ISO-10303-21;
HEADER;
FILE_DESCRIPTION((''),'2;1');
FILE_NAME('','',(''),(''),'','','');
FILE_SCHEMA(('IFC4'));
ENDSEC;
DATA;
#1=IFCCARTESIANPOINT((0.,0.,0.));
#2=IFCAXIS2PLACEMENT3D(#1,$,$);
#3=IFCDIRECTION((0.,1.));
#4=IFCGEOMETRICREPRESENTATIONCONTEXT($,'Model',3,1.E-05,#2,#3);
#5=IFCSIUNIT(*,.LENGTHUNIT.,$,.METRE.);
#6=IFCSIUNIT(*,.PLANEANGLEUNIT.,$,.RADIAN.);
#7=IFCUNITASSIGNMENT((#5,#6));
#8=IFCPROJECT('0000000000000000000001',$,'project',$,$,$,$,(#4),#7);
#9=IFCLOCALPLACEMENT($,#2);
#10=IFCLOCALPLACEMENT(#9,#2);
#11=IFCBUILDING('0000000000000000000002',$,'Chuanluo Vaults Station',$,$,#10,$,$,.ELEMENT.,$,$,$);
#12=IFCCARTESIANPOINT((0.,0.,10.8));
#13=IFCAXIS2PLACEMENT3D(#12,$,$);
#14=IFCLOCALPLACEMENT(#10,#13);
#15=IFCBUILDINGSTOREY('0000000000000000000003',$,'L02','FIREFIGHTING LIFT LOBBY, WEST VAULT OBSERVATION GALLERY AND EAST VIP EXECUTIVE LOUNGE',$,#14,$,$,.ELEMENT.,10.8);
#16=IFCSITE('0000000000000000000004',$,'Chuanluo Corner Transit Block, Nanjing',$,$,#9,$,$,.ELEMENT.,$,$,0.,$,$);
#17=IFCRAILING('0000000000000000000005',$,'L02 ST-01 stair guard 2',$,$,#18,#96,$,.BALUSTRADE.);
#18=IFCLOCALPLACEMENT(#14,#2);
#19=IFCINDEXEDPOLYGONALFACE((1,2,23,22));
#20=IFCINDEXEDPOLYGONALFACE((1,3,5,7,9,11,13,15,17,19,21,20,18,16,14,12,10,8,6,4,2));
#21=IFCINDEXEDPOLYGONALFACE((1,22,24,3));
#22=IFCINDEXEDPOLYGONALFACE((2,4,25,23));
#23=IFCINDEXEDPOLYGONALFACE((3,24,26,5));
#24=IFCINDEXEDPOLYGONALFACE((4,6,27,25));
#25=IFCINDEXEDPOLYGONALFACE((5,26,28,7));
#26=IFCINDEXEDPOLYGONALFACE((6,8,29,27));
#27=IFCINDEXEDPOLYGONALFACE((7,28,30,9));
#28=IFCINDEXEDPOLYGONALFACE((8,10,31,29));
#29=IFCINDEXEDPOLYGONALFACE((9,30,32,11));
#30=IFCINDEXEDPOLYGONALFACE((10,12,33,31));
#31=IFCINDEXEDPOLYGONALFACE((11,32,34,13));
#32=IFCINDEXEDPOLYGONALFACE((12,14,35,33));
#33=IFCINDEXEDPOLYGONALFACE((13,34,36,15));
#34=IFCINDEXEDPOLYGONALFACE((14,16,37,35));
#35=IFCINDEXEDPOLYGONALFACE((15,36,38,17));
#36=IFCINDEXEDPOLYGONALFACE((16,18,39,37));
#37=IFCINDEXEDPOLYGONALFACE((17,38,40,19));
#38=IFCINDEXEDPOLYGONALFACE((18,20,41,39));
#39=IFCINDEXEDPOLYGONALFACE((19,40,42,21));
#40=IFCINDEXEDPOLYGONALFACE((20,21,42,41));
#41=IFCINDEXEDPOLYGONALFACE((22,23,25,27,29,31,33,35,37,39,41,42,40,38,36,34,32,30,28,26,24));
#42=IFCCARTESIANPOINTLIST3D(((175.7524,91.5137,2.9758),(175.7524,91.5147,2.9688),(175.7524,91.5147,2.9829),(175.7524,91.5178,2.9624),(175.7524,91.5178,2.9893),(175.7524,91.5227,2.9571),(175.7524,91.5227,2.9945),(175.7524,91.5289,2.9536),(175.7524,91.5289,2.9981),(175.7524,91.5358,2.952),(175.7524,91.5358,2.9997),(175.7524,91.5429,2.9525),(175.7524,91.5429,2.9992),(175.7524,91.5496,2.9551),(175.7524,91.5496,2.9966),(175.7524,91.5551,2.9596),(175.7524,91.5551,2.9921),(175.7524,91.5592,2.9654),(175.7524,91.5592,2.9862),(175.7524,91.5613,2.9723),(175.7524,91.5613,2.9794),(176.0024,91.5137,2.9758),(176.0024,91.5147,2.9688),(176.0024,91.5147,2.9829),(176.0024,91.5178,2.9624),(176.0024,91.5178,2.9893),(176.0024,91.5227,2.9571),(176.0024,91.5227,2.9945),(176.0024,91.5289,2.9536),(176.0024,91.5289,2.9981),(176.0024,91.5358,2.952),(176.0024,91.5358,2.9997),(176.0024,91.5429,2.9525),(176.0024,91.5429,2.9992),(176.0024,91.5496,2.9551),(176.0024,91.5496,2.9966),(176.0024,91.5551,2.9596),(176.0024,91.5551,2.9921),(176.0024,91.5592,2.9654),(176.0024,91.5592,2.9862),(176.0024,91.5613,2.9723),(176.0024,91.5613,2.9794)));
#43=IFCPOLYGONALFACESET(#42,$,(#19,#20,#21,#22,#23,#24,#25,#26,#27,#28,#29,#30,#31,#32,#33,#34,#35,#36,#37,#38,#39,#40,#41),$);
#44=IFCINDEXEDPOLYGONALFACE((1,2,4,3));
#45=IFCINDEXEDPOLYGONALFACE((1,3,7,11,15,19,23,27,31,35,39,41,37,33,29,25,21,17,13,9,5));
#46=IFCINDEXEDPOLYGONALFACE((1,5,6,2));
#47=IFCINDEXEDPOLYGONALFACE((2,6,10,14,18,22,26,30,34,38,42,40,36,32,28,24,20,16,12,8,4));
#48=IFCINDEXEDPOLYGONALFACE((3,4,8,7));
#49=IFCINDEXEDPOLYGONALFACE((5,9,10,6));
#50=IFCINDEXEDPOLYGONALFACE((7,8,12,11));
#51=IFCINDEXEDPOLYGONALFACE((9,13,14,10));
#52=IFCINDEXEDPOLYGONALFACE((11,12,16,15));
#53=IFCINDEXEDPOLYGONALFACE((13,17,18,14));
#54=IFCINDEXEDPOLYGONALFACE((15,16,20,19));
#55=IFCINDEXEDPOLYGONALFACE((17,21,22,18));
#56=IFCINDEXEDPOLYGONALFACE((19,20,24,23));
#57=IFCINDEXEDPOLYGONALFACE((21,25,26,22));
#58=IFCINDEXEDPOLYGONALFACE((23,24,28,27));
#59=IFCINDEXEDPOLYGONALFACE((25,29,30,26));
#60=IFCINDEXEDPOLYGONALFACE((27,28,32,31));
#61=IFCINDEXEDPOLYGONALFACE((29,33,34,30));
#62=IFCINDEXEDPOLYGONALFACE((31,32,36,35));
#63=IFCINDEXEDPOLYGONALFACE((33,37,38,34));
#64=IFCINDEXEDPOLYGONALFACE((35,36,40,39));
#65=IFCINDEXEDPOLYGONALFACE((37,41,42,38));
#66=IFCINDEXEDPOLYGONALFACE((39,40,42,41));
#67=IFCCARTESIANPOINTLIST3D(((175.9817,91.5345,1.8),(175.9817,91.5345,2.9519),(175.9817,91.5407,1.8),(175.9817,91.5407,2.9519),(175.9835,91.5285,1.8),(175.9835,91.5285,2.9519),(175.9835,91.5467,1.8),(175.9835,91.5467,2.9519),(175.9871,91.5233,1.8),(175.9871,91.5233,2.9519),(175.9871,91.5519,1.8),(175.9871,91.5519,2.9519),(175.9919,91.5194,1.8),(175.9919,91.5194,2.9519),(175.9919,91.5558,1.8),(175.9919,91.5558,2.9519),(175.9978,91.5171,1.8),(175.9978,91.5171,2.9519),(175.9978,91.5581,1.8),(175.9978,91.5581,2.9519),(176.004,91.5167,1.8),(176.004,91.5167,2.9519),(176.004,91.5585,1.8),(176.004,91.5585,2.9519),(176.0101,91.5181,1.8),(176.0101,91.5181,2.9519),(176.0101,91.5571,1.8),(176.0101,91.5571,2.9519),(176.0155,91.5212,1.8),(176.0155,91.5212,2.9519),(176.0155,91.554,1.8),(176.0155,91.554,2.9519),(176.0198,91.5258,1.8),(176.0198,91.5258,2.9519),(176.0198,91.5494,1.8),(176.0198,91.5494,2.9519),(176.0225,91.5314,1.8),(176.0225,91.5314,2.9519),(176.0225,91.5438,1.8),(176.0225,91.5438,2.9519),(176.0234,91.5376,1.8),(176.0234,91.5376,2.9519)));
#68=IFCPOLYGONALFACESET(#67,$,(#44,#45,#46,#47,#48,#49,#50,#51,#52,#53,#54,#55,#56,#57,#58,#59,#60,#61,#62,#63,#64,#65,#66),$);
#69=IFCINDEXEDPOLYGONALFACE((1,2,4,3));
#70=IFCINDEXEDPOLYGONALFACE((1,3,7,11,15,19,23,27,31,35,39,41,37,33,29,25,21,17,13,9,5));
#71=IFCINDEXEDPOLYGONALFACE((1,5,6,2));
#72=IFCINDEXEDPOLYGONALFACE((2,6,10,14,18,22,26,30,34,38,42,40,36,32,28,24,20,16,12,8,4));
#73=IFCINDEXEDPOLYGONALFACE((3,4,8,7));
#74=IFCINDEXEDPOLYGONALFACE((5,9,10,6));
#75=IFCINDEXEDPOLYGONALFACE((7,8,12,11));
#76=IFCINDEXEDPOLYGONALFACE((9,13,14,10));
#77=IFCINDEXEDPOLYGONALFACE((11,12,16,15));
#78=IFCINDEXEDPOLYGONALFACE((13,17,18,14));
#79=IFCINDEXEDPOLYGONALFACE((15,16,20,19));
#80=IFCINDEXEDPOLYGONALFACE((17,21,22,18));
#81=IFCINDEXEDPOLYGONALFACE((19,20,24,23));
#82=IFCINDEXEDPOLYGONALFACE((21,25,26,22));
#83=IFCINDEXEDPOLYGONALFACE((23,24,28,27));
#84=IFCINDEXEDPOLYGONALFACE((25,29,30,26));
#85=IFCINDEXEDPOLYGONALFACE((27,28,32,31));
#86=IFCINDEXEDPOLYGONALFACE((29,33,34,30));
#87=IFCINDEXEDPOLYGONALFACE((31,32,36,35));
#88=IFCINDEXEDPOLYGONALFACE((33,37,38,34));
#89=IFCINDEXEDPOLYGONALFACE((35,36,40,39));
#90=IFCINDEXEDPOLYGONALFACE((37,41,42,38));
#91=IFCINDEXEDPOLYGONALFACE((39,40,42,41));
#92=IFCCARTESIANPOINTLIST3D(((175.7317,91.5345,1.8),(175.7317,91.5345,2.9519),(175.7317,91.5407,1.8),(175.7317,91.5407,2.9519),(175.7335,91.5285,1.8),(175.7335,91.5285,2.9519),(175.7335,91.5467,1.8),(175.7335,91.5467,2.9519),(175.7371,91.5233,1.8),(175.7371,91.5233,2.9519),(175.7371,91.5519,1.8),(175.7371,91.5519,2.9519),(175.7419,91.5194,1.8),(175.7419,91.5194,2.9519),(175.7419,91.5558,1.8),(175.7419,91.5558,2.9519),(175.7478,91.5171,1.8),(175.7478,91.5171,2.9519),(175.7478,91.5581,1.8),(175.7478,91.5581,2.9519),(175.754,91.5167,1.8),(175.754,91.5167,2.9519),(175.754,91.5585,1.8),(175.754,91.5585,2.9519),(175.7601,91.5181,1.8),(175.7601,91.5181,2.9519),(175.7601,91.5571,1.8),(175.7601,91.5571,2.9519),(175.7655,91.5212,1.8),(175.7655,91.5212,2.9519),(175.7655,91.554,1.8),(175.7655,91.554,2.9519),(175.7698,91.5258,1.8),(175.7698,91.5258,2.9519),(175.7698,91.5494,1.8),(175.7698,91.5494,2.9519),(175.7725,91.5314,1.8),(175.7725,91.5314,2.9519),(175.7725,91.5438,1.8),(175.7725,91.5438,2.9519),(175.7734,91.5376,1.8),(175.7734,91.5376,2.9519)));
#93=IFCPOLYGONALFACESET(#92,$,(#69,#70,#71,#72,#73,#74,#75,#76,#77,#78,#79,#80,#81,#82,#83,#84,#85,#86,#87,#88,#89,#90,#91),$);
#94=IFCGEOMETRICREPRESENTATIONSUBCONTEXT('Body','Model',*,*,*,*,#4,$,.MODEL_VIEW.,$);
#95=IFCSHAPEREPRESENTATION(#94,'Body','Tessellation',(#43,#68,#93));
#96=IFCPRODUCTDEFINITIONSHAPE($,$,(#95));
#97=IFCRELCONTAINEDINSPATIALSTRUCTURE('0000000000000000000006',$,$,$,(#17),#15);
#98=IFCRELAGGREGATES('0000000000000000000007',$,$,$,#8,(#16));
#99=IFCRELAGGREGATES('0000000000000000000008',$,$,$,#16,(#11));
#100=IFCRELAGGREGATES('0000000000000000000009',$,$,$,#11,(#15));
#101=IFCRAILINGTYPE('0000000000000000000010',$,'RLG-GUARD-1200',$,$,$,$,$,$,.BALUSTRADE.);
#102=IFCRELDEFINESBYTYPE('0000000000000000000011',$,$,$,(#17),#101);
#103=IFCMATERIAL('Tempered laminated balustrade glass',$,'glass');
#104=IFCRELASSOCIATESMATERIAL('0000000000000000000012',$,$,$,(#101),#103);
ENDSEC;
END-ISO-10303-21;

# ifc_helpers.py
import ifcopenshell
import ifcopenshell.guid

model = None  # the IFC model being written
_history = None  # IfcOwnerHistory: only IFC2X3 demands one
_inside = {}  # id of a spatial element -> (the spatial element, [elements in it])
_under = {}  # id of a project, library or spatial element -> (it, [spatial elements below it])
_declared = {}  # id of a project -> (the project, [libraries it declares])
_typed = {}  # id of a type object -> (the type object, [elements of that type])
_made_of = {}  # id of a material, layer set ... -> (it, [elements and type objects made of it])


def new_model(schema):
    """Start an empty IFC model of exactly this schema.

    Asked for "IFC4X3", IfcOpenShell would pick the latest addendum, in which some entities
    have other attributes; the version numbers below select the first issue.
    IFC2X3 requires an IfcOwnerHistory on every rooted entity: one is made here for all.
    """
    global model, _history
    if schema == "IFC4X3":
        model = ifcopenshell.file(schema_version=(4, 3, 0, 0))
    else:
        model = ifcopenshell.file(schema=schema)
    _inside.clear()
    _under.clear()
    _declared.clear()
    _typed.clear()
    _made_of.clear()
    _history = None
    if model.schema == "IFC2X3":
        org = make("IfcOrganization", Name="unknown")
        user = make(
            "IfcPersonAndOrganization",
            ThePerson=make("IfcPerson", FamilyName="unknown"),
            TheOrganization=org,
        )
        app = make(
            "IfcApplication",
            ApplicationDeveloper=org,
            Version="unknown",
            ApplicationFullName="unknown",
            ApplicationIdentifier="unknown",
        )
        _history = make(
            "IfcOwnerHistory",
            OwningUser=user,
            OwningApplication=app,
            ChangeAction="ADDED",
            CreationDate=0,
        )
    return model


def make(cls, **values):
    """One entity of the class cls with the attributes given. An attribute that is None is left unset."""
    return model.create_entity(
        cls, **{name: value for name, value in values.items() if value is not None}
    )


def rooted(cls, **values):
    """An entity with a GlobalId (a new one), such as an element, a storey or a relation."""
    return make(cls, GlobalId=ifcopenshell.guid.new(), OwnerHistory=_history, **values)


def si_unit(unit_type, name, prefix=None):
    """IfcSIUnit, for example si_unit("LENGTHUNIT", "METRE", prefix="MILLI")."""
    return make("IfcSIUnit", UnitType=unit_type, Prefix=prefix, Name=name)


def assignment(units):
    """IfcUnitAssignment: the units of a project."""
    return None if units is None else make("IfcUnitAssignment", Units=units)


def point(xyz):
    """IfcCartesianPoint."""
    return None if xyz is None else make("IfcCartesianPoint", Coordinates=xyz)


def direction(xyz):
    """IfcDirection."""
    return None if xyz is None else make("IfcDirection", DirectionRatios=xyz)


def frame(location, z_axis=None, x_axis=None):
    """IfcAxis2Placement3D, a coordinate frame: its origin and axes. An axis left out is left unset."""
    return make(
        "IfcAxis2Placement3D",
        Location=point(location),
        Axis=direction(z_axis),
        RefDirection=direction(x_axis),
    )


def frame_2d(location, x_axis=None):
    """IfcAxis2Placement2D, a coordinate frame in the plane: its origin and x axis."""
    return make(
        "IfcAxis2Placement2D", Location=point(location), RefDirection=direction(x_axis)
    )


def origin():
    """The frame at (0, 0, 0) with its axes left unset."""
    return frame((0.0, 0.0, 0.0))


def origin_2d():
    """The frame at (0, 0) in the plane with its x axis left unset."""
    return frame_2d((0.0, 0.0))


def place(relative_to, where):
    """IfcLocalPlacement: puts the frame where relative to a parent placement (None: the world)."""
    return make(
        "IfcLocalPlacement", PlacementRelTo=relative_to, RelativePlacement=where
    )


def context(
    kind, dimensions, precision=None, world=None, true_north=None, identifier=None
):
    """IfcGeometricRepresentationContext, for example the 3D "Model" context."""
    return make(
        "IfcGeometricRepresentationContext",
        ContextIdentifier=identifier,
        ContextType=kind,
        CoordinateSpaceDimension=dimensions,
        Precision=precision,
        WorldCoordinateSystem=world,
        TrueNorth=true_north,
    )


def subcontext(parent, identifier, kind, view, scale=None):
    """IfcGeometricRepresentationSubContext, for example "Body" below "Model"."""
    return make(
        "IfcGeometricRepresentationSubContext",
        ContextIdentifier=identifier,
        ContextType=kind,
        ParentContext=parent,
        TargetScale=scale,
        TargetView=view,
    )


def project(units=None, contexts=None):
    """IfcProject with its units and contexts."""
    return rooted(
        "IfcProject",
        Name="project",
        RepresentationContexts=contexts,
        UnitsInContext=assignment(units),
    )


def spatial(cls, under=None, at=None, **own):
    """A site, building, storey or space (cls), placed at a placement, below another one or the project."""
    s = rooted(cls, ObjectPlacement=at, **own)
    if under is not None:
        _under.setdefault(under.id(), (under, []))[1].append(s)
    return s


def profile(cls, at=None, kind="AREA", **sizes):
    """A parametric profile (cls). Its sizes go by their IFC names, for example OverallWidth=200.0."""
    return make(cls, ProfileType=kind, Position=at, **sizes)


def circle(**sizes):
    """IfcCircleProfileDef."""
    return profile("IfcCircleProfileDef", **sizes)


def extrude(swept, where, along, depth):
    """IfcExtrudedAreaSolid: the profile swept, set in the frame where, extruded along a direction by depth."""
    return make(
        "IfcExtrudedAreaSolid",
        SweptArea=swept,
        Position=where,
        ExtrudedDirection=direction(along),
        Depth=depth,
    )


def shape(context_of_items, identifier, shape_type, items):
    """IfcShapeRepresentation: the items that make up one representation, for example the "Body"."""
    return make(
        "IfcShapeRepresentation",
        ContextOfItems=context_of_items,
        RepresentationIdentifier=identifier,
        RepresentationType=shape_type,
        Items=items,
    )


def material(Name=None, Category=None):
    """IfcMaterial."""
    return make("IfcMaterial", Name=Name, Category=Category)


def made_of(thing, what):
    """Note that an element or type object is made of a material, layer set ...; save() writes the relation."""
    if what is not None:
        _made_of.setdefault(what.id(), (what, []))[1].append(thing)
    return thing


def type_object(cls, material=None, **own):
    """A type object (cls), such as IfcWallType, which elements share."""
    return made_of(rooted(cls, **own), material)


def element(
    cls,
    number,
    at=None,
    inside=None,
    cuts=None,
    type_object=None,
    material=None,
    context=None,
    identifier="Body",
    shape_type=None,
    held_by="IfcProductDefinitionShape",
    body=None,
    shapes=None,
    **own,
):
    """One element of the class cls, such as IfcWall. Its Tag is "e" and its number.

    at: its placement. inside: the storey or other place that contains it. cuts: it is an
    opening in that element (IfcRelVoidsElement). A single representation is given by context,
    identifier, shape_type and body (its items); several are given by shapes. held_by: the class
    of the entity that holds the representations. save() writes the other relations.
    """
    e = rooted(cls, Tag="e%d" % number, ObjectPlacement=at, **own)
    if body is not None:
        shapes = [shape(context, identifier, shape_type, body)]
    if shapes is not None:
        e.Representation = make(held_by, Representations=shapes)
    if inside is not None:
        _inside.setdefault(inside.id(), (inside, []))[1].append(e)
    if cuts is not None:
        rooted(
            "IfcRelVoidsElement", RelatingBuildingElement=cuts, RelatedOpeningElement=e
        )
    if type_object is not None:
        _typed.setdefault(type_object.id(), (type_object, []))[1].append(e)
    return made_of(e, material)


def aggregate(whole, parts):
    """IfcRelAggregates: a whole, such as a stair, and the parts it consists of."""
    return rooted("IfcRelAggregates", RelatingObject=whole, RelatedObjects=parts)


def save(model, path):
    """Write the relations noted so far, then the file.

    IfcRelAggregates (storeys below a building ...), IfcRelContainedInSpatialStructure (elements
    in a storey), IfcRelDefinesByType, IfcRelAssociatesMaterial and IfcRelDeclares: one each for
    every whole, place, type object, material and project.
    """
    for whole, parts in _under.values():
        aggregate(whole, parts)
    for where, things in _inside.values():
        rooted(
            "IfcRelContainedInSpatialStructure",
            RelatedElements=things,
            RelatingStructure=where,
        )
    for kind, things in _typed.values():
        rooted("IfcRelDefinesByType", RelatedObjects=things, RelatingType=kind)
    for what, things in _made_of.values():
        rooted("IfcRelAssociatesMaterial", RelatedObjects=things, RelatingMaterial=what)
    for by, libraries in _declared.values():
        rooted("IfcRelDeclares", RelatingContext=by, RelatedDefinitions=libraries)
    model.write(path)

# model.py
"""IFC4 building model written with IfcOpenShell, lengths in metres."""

from ifc_helpers import new_model, si_unit, direction, frame, origin, origin_2d, place, context, subcontext, project, spatial, circle, extrude, material, type_object, element, save


model = new_model("IFC4")

# Units and contexts
model_context = context("Model", 3, precision=1e-05, world=origin(), true_north=direction((0.0, 1.0)))
body_context = subcontext(model_context, "Body", "Model", "MODEL_VIEW")
ifc_project = project(units=[si_unit("LENGTHUNIT", "METRE"), si_unit("PLANEANGLEUNIT", "RADIAN")], contexts=[model_context])

# Site, building, storey
site_placement = place(None, origin())
site = spatial("IfcSite", under=ifc_project, at=site_placement, Name="Chuanluo Corner Transit Block, Nanjing", CompositionType="ELEMENT", RefElevation=0.0)
building_placement = place(site_placement, origin())
building = spatial("IfcBuilding", under=site, at=building_placement, Name="Chuanluo Vaults Station", CompositionType="ELEMENT")
storey_placement = place(building_placement, frame((0.0, 0.0, 10.8)))
storey = spatial("IfcBuildingStorey", under=building, at=storey_placement, Name="L02", Description="FIREFIGHTING LIFT LOBBY, WEST VAULT OBSERVATION GALLERY AND EAST VIP EXECUTIVE LOUNGE", CompositionType="ELEMENT", Elevation=10.8)

# Railing
ifc_material_1 = material(Name="Tempered laminated balustrade glass", Category="glass")
railing_type = type_object("IfcRailingType", Name="RLG-GUARD-1200", PredefinedType="BALUSTRADE", material=ifc_material_1)
railing_placement = place(storey_placement, frame((176.0024, 91.5376, 1.8)))
element("IfcRailing", 1, at=railing_placement, inside=storey, type_object=railing_type, Name="L02 ST-01 stair guard 2", PredefinedType="BALUSTRADE", context=body_context, shape_type="SweptSolid", body=[
    extrude(circle(Radius=0.0239, at=origin_2d()), frame((0.0, 0.0, 1.1758), z_axis=(-1.0, 0.0, 0.0), x_axis=(0.0, -1.0, 0.0)), (0.0, 0.0, 1.0), 0.25),
    extrude(circle(Radius=0.021, at=origin_2d()), origin(), (0.0, 0.0, 1.0), 1.1519),
    extrude(circle(Radius=0.021, at=origin_2d()), frame((-0.25, 0.0, 0.0)), (0.0, 0.0, 1.0), 1.1519),
])

save(model, "model.ifc")
